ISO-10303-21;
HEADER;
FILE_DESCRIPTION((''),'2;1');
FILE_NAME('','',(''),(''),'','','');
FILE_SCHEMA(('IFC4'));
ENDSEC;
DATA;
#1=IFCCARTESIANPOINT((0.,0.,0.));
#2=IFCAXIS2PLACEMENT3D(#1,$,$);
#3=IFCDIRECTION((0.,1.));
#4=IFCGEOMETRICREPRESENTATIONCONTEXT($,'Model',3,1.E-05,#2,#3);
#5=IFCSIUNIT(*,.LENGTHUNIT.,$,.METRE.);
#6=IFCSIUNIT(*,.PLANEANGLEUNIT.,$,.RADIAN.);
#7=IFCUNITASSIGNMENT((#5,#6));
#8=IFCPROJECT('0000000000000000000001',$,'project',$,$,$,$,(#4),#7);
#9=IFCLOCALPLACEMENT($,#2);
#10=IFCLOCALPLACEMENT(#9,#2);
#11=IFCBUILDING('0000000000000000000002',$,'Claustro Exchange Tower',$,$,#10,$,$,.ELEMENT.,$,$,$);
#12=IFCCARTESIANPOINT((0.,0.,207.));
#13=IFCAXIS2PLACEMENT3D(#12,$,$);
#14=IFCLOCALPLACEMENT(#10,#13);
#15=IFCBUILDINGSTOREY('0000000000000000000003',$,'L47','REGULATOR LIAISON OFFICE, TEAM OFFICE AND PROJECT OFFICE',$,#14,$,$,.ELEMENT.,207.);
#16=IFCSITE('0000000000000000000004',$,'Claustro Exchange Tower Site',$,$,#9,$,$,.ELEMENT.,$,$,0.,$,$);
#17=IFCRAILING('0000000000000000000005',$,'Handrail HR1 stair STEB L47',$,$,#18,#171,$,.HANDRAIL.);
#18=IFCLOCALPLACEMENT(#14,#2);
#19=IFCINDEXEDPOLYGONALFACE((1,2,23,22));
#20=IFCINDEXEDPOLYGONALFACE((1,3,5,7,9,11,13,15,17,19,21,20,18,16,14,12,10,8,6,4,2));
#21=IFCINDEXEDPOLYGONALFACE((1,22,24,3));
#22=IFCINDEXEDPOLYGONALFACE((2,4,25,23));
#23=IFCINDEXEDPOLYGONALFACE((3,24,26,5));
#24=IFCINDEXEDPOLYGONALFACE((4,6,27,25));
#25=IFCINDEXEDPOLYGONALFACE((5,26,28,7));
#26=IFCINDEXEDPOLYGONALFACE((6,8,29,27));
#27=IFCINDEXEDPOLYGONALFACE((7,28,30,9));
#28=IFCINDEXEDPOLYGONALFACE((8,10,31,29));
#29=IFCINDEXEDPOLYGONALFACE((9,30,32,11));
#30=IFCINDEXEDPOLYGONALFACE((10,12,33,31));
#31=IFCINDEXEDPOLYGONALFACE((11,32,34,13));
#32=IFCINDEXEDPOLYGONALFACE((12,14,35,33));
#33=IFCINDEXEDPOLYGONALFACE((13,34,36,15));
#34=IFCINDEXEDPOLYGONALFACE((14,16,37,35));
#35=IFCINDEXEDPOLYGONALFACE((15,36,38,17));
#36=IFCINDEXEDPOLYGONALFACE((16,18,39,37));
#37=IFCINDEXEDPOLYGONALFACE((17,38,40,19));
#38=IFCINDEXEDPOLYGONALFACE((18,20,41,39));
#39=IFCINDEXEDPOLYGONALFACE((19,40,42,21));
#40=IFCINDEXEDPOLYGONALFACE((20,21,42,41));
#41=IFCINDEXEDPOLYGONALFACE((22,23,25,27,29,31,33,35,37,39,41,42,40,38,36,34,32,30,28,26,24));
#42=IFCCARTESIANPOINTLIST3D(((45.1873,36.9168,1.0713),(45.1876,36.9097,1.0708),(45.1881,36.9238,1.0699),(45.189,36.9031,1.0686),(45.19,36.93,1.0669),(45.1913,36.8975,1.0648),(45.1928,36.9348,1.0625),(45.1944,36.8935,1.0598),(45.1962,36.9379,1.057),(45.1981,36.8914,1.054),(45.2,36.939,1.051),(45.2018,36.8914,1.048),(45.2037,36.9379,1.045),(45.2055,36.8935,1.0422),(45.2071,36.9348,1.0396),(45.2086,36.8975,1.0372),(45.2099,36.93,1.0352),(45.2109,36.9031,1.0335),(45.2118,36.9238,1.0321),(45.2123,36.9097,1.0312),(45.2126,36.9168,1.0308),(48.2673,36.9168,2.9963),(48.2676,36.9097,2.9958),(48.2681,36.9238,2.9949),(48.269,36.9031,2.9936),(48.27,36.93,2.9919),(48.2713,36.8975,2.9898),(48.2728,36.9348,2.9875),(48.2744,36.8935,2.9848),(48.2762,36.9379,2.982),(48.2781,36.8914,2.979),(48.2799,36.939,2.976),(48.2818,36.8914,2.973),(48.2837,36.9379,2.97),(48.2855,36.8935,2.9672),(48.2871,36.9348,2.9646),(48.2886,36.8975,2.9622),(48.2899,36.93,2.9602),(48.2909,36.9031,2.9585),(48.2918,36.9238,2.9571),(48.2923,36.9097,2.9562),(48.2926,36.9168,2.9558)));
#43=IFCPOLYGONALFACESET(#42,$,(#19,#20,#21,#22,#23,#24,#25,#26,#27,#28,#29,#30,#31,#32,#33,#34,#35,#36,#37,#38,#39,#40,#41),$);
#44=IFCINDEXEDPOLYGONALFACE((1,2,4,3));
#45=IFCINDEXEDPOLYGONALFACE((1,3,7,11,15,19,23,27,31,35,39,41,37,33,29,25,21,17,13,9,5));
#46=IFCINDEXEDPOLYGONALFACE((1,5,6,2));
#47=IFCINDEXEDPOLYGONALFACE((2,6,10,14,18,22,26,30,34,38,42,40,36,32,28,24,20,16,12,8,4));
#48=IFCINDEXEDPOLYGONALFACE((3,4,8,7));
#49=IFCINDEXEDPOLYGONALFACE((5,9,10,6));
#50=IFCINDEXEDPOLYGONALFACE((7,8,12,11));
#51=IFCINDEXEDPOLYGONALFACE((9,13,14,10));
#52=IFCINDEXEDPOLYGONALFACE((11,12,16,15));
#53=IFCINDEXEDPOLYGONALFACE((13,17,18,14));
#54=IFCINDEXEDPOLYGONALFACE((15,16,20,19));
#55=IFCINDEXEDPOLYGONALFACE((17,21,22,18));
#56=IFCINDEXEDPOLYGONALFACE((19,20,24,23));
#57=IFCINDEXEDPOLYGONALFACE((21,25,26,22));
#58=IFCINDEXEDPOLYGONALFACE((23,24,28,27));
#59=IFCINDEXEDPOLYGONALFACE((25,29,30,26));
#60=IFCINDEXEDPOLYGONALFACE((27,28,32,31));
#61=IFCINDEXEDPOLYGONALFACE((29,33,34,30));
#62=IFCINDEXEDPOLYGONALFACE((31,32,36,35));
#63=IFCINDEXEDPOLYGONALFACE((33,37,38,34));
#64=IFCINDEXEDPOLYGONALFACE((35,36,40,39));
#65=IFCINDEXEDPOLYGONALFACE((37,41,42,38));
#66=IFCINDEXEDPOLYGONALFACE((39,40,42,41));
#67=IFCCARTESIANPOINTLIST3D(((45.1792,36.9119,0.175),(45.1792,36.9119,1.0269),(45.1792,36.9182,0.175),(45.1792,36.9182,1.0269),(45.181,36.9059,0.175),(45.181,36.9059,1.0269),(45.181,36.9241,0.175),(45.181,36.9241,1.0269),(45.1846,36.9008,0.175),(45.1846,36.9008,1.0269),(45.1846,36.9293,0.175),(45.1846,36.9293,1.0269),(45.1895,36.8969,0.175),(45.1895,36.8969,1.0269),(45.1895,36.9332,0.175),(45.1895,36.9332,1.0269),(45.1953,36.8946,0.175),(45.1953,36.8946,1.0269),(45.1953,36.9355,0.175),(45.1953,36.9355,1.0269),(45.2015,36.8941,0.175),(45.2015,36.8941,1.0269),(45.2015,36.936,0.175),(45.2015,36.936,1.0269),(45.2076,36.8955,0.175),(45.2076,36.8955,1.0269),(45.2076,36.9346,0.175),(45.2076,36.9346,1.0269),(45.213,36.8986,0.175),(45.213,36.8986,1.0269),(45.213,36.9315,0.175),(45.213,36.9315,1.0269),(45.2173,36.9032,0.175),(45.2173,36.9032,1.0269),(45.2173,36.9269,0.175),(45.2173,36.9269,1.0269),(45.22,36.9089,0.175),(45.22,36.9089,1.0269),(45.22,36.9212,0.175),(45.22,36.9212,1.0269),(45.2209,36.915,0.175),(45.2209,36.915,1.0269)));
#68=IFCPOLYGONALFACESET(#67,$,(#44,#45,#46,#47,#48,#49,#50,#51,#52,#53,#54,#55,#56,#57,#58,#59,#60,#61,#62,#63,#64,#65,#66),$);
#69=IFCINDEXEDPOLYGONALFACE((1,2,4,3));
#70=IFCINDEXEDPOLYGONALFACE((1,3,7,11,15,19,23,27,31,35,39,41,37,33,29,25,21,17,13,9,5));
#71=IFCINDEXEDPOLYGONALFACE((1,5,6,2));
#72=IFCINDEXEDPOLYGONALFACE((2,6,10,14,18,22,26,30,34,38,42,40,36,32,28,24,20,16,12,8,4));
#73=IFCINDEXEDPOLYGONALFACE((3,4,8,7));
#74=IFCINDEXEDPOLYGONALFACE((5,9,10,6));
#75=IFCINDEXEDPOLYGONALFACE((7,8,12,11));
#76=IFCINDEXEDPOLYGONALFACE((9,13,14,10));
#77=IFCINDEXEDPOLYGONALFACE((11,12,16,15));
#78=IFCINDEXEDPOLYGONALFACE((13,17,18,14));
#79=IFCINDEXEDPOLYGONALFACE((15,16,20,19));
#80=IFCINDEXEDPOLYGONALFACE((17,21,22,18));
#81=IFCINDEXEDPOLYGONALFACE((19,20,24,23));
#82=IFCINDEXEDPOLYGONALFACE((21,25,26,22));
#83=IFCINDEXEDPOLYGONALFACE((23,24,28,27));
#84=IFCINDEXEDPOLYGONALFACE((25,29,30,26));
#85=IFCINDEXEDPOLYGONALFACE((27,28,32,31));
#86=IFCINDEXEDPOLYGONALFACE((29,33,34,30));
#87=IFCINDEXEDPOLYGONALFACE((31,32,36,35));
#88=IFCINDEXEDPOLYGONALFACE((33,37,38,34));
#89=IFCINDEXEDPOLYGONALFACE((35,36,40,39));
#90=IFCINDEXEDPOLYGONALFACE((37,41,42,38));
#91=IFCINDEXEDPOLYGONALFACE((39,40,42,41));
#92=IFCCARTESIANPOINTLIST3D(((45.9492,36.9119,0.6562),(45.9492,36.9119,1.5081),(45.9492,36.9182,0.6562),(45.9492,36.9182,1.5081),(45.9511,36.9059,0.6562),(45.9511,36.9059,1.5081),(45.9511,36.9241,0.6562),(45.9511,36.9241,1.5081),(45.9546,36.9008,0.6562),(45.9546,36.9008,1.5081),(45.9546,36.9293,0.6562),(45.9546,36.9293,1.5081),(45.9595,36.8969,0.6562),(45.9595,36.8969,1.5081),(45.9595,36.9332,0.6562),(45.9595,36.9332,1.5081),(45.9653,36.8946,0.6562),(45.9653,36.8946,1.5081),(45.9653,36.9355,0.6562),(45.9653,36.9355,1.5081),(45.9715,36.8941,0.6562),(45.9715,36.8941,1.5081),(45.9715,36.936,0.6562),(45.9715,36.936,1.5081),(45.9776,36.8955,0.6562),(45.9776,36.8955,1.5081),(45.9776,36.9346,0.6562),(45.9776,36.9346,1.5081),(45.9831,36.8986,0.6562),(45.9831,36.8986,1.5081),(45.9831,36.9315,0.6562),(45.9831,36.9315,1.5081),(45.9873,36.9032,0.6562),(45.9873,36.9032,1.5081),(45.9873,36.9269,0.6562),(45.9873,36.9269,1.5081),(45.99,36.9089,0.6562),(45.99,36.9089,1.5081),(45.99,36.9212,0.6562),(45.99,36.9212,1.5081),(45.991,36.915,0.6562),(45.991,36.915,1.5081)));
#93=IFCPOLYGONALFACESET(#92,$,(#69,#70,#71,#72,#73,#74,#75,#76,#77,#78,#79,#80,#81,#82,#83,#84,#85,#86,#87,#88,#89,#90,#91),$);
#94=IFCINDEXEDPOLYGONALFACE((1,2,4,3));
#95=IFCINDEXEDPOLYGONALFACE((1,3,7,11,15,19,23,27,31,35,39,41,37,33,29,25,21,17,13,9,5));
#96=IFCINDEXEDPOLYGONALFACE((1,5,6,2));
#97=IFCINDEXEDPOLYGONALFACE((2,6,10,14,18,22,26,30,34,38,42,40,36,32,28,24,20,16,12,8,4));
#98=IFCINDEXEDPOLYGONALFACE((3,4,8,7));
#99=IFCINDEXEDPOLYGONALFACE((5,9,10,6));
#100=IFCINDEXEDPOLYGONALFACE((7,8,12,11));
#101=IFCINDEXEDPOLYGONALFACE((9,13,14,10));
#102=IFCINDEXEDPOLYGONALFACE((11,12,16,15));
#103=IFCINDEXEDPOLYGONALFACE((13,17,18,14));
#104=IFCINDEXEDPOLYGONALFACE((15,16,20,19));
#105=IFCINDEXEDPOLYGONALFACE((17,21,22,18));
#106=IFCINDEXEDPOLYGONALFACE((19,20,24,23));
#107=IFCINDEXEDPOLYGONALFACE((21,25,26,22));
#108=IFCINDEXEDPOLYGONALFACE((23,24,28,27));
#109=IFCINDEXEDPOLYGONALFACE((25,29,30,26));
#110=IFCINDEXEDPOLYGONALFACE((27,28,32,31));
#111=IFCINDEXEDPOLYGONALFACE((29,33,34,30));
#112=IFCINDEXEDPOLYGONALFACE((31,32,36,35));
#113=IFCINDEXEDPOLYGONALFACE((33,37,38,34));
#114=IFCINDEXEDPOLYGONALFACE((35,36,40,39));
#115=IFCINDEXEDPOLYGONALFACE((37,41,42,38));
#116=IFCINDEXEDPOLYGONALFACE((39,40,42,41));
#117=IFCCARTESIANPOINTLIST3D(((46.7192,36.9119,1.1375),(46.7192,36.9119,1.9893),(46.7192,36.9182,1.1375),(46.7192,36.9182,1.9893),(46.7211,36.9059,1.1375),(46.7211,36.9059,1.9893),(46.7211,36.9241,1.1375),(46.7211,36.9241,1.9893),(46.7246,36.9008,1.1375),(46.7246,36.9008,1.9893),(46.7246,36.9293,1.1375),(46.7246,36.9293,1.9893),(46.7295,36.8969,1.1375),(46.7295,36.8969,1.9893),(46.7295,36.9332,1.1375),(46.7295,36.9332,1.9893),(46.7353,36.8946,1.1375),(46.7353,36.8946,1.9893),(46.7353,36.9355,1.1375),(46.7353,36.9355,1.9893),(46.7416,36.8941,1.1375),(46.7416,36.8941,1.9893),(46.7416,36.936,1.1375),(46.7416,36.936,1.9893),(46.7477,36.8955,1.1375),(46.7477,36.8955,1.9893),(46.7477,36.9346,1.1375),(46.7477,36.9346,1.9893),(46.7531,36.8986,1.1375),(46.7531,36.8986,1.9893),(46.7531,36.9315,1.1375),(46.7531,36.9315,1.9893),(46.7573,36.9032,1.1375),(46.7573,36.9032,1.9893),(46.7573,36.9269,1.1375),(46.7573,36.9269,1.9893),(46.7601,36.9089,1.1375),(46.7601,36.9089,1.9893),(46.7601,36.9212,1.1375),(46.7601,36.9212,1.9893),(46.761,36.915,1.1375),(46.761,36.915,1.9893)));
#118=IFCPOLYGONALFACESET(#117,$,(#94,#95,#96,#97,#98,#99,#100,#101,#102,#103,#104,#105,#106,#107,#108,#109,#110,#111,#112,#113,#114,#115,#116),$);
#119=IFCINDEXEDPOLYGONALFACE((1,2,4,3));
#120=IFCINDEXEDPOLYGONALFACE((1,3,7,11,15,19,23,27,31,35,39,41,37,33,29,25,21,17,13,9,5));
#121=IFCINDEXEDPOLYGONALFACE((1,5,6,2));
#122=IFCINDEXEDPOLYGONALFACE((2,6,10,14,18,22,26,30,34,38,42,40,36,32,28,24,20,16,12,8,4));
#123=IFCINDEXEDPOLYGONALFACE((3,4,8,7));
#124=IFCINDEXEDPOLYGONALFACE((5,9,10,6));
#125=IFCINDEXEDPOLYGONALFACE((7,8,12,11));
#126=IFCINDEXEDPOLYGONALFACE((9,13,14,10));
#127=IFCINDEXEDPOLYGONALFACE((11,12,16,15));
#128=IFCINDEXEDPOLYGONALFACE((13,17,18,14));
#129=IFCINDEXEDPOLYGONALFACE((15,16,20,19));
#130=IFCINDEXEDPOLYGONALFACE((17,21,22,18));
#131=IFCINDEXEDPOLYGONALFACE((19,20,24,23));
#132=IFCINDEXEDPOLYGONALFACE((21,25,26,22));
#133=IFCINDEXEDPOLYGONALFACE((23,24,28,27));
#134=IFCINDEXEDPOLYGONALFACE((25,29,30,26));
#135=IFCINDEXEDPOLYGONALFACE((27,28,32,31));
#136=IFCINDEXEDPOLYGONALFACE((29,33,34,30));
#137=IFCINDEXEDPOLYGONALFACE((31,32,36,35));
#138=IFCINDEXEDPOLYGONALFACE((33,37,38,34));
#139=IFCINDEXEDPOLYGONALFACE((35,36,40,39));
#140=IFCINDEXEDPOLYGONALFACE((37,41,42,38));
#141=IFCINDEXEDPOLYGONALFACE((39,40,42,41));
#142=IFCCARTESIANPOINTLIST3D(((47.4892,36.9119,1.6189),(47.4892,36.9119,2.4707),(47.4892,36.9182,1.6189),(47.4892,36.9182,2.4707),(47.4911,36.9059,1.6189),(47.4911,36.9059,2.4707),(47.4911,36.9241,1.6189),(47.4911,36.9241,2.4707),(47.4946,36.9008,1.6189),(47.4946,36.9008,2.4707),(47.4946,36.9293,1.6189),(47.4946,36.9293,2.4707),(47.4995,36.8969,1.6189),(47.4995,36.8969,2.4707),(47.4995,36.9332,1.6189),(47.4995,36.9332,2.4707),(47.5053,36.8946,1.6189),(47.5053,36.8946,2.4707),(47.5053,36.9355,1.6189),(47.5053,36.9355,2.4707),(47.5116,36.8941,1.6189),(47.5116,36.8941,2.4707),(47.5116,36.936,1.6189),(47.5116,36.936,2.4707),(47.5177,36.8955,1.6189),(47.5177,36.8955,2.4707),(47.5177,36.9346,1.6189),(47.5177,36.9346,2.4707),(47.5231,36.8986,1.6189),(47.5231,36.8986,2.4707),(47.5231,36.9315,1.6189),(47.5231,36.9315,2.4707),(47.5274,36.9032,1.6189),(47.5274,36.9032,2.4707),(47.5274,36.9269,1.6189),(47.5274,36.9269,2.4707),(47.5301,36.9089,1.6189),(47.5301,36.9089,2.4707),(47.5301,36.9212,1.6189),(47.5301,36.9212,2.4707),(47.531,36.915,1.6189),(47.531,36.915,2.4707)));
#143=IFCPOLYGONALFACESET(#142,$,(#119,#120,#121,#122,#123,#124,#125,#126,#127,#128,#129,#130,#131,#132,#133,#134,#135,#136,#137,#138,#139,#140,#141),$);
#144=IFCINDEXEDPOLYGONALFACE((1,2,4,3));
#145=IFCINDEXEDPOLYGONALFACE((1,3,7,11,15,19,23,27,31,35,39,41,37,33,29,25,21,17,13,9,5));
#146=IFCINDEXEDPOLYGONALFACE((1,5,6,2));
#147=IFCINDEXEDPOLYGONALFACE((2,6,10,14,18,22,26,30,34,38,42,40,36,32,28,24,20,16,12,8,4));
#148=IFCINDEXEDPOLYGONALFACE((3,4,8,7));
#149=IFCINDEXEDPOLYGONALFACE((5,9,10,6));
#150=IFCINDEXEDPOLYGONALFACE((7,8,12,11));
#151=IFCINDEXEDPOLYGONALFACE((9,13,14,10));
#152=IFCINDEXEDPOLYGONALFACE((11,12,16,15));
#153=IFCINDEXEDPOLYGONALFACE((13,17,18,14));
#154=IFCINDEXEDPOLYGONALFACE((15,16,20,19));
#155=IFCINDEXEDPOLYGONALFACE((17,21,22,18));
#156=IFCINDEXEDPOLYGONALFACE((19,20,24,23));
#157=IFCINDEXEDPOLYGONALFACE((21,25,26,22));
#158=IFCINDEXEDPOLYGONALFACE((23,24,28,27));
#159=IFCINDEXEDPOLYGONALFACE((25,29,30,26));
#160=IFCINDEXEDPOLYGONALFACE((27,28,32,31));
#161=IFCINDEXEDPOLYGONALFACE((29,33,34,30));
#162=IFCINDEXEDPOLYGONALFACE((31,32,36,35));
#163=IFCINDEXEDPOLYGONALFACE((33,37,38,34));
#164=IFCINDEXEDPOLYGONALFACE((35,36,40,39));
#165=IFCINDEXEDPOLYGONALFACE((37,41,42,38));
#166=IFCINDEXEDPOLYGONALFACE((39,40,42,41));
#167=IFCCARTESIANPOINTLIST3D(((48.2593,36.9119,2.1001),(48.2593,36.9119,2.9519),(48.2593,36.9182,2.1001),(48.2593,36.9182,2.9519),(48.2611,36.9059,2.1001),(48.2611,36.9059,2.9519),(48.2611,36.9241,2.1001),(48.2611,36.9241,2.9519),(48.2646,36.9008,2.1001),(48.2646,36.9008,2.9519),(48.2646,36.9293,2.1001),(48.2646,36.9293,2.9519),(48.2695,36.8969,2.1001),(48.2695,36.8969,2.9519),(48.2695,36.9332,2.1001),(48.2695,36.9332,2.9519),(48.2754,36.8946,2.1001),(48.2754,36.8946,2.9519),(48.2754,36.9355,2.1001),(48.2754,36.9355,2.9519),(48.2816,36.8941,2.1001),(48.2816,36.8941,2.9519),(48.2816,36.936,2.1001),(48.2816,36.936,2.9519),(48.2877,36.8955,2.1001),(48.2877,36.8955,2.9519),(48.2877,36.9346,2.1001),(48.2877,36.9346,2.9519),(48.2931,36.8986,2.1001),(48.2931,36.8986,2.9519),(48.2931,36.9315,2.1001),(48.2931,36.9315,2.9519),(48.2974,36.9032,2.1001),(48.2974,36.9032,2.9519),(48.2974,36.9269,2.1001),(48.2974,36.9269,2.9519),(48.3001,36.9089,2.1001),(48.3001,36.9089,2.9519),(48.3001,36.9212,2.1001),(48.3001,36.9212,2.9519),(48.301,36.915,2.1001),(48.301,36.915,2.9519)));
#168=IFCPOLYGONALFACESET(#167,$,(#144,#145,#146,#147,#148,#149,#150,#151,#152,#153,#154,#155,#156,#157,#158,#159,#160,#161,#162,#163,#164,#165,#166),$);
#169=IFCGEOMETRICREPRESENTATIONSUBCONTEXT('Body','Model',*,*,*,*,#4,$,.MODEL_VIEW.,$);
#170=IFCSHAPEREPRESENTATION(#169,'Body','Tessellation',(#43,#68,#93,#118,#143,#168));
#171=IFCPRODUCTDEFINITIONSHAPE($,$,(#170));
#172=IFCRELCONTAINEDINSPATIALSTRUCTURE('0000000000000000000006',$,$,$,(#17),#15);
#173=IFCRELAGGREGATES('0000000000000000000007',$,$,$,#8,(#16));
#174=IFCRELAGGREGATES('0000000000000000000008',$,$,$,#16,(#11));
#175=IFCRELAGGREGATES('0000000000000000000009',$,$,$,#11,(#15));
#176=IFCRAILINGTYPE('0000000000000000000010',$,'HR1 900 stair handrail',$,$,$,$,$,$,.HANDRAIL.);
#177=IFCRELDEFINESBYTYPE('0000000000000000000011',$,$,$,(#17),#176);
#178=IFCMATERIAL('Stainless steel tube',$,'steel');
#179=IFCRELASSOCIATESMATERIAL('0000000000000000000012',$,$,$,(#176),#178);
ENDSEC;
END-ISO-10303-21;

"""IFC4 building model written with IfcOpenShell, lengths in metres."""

from ifc_helpers import new_model, si_unit, direction, frame, origin, origin_2d, place, context, subcontext, project, spatial, circle, extrude, material, type_object, element, save


model = new_model("IFC4")

# Units and contexts
model_context = context("Model", 3, precision=1e-05, world=origin(), true_north=direction((0.0, 1.0)))
body_context = subcontext(model_context, "Body", "Model", "MODEL_VIEW")
ifc_project = project(units=[si_unit("LENGTHUNIT", "METRE"), si_unit("PLANEANGLEUNIT", "RADIAN")], contexts=[model_context])

# Site, building, storey
site_placement = place(None, origin())
site = spatial("IfcSite", under=ifc_project, at=site_placement, Name="Claustro Exchange Tower Site", CompositionType="ELEMENT", RefElevation=0.0)
building_placement = place(site_placement, origin())
building = spatial("IfcBuilding", under=site, at=building_placement, Name="Claustro Exchange Tower", CompositionType="ELEMENT")
storey_placement = place(building_placement, frame((0.0, 0.0, 207.0)))
storey = spatial("IfcBuildingStorey", under=building, at=storey_placement, Name="L47", Description="REGULATOR LIAISON OFFICE, TEAM OFFICE AND PROJECT OFFICE", CompositionType="ELEMENT", Elevation=207.0)

# Railing
ifc_material_1 = material(Name="Stainless steel tube", Category="steel")
railing_type_1 = type_object("IfcRailingType", Name="HR1 900 stair handrail", PredefinedType="HANDRAIL", material=ifc_material_1)
railing_1_placement = place(storey_placement, frame((45.2, 36.915, 0.175)))
element("IfcRailing", 1, at=railing_1_placement, inside=storey, type_object=railing_type_1, Name="Handrail HR1 stair STEB L47", PredefinedType="HANDRAIL", context=body_context, shape_type="SweptSolid", body=[
    extrude(circle(Radius=0.0239, at=origin_2d()), frame((0.0, 0.0, 0.876), z_axis=(0.847998, 0.0, 0.529999), x_axis=(0.0, 1.0, 0.0)), (0.0, 0.0, 1.0), 3.6321),
    extrude(circle(Radius=0.021, at=origin_2d()), origin(), (0.0, 0.0, 1.0), 0.8518),
    extrude(circle(Radius=0.021, at=origin_2d()), frame((0.77, 0.0, 0.4812)), (0.0, 0.0, 1.0), 0.8518),
    extrude(circle(Radius=0.021, at=origin_2d()), frame((1.54, 0.0, 0.9624)), (0.0, 0.0, 1.0), 0.8518),
    extrude(circle(Radius=0.021, at=origin_2d()), frame((2.3101, 0.0, 1.4438)), (0.0, 0.0, 1.0), 0.8518),
    extrude(circle(Radius=0.021, at=origin_2d()), frame((3.0801, 0.0, 1.925)), (0.0, 0.0, 1.0), 0.8518),
])

save(model, "model.ifc")
